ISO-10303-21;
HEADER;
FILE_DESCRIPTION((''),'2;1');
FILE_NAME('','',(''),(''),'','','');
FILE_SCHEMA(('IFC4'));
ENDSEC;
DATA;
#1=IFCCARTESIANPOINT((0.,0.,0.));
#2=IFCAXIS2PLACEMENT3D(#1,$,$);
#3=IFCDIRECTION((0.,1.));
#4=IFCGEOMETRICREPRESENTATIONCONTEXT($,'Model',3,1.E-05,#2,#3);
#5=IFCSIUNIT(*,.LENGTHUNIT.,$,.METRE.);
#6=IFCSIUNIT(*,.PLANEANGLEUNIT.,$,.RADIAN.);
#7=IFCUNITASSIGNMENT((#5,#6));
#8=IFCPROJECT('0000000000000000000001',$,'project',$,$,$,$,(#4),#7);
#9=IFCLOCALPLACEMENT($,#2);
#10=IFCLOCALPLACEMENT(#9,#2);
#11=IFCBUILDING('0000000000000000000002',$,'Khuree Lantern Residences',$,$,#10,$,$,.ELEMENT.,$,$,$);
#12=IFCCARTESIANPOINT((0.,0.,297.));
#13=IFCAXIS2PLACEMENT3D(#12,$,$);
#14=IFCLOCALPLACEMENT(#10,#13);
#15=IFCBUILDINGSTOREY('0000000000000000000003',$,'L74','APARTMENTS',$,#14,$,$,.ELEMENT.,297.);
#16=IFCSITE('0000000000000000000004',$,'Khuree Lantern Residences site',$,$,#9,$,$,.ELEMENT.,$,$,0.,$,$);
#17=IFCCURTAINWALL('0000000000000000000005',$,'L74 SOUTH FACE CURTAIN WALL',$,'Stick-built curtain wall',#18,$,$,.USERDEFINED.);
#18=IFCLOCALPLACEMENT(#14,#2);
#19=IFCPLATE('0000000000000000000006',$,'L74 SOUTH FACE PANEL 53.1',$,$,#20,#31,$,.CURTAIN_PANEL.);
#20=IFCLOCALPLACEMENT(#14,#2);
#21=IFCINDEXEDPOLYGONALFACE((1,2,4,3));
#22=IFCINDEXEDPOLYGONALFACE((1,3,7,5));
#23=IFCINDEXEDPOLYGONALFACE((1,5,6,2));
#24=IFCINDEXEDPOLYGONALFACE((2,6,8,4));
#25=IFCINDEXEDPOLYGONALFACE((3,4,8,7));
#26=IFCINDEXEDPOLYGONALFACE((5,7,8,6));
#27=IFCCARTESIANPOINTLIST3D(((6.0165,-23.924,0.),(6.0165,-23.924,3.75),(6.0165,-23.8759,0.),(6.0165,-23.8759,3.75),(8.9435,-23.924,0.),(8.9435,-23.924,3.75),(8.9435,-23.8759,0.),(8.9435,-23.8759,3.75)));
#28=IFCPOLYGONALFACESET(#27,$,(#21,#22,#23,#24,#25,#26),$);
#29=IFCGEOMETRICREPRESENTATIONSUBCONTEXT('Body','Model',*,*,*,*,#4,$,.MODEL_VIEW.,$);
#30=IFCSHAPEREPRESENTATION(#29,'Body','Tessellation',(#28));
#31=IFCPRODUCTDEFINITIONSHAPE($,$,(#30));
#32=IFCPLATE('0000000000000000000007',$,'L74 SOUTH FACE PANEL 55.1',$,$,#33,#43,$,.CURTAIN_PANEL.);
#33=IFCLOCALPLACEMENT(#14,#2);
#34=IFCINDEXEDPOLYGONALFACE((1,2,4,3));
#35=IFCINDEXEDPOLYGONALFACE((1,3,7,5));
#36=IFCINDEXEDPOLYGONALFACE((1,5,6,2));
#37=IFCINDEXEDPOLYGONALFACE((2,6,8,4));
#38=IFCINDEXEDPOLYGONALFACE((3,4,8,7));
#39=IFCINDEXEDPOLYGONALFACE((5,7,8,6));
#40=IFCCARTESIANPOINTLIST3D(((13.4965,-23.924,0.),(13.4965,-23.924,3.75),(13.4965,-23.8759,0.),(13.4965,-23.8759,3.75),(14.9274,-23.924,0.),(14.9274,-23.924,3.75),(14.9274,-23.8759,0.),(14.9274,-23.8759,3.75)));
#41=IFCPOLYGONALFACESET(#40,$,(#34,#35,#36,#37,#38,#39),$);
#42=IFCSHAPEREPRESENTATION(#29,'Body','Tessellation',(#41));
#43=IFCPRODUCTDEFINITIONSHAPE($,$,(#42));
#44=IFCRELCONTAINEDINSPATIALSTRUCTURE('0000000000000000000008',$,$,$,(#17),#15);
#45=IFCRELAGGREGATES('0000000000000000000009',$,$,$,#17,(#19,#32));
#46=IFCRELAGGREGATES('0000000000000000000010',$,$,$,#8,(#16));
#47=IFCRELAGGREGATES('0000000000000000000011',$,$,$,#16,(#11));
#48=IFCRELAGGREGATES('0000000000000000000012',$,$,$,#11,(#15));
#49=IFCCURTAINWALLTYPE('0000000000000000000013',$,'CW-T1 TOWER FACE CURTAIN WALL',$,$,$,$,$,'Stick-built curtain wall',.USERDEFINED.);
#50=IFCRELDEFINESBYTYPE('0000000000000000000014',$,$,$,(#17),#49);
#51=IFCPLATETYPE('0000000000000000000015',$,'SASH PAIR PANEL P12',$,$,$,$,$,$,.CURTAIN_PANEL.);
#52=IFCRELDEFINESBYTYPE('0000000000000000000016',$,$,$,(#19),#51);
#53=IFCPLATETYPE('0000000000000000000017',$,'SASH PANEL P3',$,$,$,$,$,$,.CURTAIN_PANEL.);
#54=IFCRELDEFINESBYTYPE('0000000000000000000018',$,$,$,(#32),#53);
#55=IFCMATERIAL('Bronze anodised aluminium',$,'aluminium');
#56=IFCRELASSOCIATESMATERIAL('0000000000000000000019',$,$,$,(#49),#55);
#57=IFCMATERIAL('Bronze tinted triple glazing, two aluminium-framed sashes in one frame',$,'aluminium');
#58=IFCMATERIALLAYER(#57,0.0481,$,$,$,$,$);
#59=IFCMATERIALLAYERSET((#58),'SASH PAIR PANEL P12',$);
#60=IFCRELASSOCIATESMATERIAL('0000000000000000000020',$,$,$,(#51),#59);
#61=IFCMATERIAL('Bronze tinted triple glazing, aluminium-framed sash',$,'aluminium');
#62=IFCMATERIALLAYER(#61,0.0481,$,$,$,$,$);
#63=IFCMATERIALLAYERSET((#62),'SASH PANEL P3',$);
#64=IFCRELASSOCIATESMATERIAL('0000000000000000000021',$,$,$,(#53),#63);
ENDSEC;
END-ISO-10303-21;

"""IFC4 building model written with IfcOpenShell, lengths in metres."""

from ifc_helpers import new_model, si_unit, direction, frame, origin, origin_2d, place, context, subcontext, project, spatial, rectangle, extrude, material, layer, layer_set, type_object, element, aggregate, save


model = new_model("IFC4")

# Units and contexts
model_context = context("Model", 3, precision=1e-05, world=origin(), true_north=direction((0.0, 1.0)))
body_context = subcontext(model_context, "Body", "Model", "MODEL_VIEW")
ifc_project = project(units=[si_unit("LENGTHUNIT", "METRE"), si_unit("PLANEANGLEUNIT", "RADIAN")], contexts=[model_context])

# Site, building, storey
site_placement = place(None, origin())
site = spatial("IfcSite", under=ifc_project, at=site_placement, Name="Khuree Lantern Residences site", CompositionType="ELEMENT", RefElevation=0.0)
building_placement = place(site_placement, origin())
building = spatial("IfcBuilding", under=site, at=building_placement, Name="Khuree Lantern Residences", CompositionType="ELEMENT")
storey_placement = place(building_placement, frame((0.0, 0.0, 297.0)))
storey = spatial("IfcBuildingStorey", under=building, at=storey_placement, Name="L74", Description="APARTMENTS", CompositionType="ELEMENT", Elevation=297.0)

# Curtain wall
ifc_material_1 = material(Name="Bronze anodised aluminium", Category="aluminium")
curtain_wall_type = type_object("IfcCurtainWallType", Name="CW-T1 TOWER FACE CURTAIN WALL", ElementType="Stick-built curtain wall", PredefinedType="USERDEFINED", material=ifc_material_1)
curtain_wall_placement = place(storey_placement, origin())
curtain_wall = element("IfcCurtainWall", 1, at=curtain_wall_placement, inside=storey, type_object=curtain_wall_type, Name="L74 SOUTH FACE CURTAIN WALL", ObjectType="Stick-built curtain wall", PredefinedType="USERDEFINED")

# Plates
ifc_material_2 = material(Name="Bronze tinted triple glazing, two aluminium-framed sashes in one frame", Category="aluminium")
ifc_layer_1 = layer(ifc_material_2, 0.0481)
ifc_layer_set_1 = layer_set([ifc_layer_1], Name="SASH PAIR PANEL P12")
plate_type_1 = type_object("IfcPlateType", Name="SASH PAIR PANEL P12", PredefinedType="CURTAIN_PANEL", material=ifc_layer_set_1)
plate_1_placement = place(storey_placement, frame((7.48, -23.8999, 0.0), z_axis=(0.0, 0.0, 1.0), x_axis=(1.0, 0.0, 0.0)))
plate_1 = element("IfcPlate", 2, at=plate_1_placement, type_object=plate_type_1, Name="L74 SOUTH FACE PANEL 53.1", PredefinedType="CURTAIN_PANEL", context=body_context, shape_type="SweptSolid", body=[
    extrude(rectangle(XDim=2.927, YDim=0.0481, at=origin_2d()), origin(), (0.0, 0.0, 1.0), 3.75),
])
ifc_material_3 = material(Name="Bronze tinted triple glazing, aluminium-framed sash", Category="aluminium")
ifc_layer_2 = layer(ifc_material_3, 0.0481)
ifc_layer_set_2 = layer_set([ifc_layer_2], Name="SASH PANEL P3")
plate_type_2 = type_object("IfcPlateType", Name="SASH PANEL P3", PredefinedType="CURTAIN_PANEL", material=ifc_layer_set_2)
plate_2_placement = place(storey_placement, frame((14.2119, -23.8999, 0.0), z_axis=(0.0, 0.0, 1.0), x_axis=(1.0, 0.0, 0.0)))
plate_2 = element("IfcPlate", 3, at=plate_2_placement, type_object=plate_type_2, Name="L74 SOUTH FACE PANEL 55.1", PredefinedType="CURTAIN_PANEL", context=body_context, shape_type="SweptSolid", body=[
    extrude(rectangle(XDim=1.4309, YDim=0.0481, at=origin_2d()), origin(), (0.0, 0.0, 1.0), 3.75),
])
aggregate(curtain_wall, [plate_1, plate_2])

save(model, "model.ifc")
